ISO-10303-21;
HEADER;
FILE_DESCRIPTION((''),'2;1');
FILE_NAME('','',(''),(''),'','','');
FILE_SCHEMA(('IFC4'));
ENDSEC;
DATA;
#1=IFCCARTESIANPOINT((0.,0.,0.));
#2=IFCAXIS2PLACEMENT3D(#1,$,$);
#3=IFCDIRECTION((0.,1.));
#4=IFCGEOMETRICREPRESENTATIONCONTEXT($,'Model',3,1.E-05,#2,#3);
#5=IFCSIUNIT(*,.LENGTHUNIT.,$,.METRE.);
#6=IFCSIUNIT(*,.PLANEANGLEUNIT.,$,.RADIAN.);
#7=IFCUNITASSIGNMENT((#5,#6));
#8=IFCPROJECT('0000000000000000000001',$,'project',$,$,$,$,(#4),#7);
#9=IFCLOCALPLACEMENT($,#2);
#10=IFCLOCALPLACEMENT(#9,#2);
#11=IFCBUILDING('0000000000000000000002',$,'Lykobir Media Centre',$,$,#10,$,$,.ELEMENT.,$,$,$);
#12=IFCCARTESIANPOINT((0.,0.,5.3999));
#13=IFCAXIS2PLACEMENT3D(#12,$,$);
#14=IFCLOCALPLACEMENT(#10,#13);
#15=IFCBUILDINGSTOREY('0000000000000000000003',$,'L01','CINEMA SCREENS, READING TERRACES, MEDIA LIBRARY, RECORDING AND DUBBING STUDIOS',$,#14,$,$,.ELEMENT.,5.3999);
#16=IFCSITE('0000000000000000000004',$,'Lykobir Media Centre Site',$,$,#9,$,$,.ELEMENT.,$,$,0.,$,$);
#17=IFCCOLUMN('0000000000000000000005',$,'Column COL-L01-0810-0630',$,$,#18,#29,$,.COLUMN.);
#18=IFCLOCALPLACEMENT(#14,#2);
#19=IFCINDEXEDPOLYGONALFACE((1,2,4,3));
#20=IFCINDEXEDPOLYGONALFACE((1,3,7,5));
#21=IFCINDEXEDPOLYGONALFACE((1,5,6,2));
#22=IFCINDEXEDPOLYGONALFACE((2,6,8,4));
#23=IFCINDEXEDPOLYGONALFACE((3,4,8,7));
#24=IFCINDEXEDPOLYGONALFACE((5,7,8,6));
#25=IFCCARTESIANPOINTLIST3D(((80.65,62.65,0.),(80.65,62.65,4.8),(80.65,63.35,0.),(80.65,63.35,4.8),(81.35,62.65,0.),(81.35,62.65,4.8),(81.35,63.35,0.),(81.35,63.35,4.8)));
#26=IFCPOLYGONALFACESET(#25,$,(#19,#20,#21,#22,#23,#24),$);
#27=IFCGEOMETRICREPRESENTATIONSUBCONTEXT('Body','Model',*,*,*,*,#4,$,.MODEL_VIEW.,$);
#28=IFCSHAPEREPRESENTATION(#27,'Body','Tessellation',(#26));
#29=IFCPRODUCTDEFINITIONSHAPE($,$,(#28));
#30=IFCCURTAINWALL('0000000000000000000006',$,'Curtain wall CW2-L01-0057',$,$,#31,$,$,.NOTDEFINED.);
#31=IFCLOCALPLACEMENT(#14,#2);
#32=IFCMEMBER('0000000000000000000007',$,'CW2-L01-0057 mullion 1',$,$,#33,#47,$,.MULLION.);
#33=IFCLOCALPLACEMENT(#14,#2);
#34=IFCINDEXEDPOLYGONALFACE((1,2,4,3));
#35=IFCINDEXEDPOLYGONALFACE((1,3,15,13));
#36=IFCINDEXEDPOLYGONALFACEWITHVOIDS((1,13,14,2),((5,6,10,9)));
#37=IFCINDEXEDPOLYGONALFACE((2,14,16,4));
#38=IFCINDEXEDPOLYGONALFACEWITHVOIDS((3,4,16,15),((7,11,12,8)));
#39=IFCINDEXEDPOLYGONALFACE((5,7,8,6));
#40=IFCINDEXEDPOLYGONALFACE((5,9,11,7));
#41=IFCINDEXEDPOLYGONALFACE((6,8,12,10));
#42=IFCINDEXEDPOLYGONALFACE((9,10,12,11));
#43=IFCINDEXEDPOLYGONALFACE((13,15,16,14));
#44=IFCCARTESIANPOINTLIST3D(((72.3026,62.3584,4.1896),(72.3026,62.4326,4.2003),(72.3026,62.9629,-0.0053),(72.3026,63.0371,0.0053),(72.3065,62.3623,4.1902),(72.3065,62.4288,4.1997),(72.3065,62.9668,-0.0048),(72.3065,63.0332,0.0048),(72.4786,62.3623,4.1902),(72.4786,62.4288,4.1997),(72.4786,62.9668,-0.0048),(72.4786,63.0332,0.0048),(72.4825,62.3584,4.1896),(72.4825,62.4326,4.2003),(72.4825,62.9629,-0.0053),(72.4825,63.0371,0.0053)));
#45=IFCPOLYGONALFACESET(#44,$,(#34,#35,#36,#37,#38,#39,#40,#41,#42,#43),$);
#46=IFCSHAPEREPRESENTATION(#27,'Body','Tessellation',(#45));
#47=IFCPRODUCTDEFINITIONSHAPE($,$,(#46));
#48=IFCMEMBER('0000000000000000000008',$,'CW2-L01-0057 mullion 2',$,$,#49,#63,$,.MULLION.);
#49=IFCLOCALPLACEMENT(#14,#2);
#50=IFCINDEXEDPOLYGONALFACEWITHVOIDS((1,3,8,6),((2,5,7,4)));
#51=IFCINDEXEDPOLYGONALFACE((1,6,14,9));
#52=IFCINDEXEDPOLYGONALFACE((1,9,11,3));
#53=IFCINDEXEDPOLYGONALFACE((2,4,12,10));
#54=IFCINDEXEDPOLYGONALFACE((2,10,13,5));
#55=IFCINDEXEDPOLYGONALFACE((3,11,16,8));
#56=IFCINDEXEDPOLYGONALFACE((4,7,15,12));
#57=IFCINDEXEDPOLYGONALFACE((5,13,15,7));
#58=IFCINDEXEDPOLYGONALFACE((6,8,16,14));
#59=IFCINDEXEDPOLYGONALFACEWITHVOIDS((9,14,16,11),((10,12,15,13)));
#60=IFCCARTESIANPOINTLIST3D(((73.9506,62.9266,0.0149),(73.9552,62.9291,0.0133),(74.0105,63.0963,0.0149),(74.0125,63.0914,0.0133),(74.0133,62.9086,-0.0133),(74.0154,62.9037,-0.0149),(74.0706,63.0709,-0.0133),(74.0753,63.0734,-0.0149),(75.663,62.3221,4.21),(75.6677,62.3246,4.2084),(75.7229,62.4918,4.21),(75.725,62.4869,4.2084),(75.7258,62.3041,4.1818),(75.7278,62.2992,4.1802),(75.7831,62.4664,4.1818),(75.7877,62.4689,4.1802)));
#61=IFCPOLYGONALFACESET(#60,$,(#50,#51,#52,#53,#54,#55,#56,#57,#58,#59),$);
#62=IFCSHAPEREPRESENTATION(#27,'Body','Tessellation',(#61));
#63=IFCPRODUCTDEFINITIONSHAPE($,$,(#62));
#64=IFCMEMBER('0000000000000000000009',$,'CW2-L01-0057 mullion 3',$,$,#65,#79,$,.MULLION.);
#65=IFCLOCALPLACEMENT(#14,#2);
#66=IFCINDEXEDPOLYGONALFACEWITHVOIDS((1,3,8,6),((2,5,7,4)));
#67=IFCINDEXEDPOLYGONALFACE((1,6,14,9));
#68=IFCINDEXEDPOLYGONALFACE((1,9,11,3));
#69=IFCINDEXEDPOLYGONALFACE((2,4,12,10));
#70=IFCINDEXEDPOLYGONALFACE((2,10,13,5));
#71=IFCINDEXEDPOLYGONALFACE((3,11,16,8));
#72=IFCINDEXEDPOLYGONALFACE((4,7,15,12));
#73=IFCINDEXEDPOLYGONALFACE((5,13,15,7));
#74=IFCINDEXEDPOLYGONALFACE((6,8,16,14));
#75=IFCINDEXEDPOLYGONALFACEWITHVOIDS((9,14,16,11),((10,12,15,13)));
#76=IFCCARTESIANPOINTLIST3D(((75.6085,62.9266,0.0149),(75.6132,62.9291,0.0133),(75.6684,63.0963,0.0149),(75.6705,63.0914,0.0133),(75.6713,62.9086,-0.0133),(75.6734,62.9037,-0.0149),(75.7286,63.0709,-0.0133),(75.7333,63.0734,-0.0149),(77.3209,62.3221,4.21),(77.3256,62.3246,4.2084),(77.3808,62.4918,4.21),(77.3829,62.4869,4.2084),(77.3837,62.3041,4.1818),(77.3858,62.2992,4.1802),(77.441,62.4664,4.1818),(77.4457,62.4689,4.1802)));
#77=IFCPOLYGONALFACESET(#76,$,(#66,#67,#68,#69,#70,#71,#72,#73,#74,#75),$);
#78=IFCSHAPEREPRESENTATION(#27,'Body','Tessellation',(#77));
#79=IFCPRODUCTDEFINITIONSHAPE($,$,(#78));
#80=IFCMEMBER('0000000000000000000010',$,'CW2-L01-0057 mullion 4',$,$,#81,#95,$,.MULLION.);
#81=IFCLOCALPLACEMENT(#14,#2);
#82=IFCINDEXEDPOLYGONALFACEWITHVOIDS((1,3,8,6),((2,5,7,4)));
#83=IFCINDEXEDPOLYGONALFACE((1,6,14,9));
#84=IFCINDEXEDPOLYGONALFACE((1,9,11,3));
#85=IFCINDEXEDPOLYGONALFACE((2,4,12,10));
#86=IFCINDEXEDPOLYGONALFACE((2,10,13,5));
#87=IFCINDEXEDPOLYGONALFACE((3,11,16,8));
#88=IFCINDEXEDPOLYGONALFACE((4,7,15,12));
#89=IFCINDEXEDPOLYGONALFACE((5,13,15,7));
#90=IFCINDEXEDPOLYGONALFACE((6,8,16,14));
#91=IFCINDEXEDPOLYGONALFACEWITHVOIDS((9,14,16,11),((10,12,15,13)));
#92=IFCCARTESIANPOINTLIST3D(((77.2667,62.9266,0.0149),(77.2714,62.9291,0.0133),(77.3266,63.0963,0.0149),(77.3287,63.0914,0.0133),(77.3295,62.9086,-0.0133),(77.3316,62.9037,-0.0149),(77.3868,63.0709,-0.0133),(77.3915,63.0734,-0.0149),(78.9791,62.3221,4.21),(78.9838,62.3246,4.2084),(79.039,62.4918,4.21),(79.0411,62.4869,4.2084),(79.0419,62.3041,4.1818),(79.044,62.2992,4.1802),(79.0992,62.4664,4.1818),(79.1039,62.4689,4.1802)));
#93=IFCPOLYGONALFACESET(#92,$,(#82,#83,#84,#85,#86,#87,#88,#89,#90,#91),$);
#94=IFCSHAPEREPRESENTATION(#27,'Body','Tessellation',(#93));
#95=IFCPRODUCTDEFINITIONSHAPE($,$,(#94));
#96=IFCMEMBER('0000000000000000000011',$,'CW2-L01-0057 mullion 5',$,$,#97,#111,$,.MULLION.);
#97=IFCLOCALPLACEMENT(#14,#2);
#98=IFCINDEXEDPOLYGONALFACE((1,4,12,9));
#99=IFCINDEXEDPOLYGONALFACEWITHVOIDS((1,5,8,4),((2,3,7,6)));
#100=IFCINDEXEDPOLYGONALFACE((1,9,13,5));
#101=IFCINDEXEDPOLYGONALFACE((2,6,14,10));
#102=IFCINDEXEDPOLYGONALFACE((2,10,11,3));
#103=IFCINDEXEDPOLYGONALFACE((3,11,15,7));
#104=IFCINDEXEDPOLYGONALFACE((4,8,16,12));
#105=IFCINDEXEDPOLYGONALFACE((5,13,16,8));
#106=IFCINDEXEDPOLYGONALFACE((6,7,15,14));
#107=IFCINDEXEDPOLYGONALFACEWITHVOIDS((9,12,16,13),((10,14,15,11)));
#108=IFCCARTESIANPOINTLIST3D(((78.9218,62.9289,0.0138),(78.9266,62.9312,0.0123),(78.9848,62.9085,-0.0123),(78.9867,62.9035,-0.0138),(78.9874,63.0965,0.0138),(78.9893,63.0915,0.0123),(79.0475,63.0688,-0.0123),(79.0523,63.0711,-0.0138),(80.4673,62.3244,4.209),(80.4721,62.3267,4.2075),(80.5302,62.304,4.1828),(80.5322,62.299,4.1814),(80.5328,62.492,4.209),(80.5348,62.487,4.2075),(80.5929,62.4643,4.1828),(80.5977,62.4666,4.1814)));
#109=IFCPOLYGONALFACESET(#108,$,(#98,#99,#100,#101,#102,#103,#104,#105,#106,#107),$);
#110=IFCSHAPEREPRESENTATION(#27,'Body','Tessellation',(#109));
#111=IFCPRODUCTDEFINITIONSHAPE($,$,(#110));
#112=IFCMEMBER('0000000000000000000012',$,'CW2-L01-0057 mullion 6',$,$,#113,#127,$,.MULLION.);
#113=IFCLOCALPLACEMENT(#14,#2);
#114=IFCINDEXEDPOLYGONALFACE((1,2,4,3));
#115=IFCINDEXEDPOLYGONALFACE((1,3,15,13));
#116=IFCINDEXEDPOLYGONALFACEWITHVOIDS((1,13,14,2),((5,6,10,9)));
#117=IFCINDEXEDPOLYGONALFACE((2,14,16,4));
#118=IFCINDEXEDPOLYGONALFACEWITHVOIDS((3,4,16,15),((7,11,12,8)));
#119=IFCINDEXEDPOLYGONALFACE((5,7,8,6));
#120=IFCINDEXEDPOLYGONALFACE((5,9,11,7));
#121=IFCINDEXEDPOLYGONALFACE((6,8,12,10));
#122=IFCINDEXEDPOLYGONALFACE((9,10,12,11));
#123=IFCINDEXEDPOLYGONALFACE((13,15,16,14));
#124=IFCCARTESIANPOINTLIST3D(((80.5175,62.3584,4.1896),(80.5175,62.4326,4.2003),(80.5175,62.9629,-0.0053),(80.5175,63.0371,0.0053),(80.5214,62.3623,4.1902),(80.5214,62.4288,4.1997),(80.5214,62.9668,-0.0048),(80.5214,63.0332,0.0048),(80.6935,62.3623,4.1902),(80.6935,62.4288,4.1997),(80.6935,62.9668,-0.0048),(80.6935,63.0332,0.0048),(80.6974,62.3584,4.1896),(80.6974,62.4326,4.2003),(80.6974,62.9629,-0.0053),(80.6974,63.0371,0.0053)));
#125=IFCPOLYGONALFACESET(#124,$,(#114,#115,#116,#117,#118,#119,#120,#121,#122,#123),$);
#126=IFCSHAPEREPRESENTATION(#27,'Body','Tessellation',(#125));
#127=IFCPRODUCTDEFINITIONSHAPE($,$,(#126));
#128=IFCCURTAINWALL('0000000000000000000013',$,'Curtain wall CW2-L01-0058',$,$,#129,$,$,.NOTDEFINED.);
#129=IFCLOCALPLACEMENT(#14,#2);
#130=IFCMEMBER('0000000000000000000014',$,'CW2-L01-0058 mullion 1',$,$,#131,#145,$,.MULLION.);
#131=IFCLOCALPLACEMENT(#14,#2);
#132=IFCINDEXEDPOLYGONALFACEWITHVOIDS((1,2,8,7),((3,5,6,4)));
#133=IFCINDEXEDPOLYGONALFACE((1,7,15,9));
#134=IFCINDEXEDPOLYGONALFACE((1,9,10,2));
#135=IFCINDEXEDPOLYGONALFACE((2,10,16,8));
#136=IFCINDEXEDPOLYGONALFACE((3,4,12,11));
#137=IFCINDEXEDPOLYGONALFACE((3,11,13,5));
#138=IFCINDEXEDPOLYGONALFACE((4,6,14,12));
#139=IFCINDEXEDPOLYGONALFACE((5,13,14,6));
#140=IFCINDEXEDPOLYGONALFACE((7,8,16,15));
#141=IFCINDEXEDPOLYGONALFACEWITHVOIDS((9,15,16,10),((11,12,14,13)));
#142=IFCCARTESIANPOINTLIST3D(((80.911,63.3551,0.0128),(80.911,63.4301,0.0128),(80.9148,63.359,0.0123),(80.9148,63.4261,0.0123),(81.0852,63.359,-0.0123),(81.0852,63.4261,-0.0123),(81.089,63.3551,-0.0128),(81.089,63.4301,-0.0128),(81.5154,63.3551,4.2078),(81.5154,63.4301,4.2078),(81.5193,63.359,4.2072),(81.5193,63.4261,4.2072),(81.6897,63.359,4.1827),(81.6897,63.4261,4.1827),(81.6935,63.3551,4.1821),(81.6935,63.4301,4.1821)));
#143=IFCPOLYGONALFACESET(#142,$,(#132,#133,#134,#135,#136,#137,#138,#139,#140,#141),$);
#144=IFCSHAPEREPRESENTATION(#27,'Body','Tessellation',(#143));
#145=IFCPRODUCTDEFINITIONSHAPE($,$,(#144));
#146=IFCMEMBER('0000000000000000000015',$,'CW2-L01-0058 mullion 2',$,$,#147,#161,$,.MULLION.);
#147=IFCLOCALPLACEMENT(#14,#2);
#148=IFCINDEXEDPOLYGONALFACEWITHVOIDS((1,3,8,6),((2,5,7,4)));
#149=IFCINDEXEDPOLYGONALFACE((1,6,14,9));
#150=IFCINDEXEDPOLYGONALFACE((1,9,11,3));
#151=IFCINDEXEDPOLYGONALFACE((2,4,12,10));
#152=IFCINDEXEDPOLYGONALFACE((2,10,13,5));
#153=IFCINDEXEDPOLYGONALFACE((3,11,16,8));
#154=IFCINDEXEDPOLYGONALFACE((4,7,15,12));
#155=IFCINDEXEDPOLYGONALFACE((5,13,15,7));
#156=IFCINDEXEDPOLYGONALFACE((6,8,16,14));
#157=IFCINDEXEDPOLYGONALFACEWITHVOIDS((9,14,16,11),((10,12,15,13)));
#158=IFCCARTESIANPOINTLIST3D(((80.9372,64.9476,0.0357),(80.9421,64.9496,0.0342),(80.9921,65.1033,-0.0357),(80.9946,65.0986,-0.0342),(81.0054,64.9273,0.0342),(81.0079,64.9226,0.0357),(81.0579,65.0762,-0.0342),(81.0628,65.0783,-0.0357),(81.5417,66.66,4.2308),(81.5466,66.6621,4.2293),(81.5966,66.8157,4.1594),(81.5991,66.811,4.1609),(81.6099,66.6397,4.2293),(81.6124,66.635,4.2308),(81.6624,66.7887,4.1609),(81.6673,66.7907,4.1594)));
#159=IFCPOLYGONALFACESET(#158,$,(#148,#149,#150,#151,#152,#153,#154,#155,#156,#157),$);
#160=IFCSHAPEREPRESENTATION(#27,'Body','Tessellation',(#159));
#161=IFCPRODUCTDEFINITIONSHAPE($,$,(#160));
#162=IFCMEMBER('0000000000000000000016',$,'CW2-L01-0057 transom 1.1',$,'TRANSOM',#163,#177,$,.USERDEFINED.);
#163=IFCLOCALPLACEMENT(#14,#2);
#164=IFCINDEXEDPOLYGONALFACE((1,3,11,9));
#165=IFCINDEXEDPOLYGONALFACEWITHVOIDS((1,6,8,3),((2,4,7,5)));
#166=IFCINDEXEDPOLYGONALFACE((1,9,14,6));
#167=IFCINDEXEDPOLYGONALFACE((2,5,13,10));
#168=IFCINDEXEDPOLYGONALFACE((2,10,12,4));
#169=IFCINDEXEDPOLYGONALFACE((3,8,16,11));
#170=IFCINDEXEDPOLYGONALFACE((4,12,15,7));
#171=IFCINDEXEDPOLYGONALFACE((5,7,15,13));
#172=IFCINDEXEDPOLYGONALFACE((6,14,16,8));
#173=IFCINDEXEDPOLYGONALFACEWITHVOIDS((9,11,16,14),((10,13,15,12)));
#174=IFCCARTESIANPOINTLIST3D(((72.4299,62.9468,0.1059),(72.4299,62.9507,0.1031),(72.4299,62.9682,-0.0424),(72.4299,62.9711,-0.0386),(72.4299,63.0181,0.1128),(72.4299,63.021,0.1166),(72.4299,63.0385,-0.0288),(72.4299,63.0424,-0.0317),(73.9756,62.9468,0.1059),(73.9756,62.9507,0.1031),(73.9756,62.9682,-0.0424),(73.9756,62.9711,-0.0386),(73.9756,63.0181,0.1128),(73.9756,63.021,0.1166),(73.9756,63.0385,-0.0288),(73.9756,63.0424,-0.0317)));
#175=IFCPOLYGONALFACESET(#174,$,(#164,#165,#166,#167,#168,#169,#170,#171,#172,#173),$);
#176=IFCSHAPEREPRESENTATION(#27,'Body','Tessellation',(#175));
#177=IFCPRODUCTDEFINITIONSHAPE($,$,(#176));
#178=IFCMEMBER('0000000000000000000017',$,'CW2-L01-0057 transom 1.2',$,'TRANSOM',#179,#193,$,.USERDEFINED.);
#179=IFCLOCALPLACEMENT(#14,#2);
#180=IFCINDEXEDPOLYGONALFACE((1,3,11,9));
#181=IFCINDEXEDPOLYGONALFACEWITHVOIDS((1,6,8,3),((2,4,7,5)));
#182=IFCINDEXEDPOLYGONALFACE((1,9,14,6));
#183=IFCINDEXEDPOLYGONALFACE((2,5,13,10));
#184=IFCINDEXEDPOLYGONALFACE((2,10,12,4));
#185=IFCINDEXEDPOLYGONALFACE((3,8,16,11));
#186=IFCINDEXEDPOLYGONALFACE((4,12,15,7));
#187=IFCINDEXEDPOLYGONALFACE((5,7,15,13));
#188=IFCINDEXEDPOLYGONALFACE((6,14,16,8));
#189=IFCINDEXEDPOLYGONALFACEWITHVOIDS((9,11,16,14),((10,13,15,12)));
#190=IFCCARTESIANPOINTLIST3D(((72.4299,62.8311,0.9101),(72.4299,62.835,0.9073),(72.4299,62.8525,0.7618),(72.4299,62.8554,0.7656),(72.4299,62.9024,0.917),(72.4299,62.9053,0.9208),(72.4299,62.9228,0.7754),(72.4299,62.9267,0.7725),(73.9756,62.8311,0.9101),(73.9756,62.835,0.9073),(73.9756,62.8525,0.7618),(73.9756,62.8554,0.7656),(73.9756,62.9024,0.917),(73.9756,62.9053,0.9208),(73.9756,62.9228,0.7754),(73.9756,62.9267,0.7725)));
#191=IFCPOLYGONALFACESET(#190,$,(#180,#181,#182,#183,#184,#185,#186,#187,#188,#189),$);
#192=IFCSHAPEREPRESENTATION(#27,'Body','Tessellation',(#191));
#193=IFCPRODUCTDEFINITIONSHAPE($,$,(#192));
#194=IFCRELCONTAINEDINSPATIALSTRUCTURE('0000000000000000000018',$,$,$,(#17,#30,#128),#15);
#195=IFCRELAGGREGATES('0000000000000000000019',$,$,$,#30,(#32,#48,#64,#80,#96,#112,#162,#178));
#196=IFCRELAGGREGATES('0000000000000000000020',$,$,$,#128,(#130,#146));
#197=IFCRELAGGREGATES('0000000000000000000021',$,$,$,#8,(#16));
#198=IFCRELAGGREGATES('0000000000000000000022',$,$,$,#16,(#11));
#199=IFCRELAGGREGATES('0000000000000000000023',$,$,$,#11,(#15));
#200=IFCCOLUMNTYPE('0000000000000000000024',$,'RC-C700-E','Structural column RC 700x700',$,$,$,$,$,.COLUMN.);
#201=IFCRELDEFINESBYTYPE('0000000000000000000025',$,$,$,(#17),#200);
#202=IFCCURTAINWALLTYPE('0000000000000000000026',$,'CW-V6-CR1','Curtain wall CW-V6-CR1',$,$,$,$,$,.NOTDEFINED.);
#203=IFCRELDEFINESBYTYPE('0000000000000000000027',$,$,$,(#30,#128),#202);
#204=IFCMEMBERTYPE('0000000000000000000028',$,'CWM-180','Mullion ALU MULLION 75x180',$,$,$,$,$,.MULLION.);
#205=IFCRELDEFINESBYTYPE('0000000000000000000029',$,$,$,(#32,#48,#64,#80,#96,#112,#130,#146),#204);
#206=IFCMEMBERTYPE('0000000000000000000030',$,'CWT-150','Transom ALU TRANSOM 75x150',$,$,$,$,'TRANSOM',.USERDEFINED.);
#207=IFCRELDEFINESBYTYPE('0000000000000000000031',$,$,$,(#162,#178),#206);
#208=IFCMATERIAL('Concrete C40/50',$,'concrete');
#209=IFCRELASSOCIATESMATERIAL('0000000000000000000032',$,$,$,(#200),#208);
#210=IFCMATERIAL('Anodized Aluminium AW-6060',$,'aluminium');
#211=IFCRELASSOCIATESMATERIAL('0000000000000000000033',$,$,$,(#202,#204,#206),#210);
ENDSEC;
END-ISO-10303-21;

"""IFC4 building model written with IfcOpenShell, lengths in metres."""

from ifc_helpers import new_model, si_unit, direction, frame, origin, origin_2d, place, context, subcontext, project, spatial, rectangle, hollow_rectangle, extrude, material, material_profile, profile_set, type_object, element, aggregate, save


model = new_model("IFC4")

# Units and contexts
model_context = context("Model", 3, precision=1e-05, world=origin(), true_north=direction((0.0, 1.0)))
body_context = subcontext(model_context, "Body", "Model", "MODEL_VIEW")
ifc_project = project(units=[si_unit("LENGTHUNIT", "METRE"), si_unit("PLANEANGLEUNIT", "RADIAN")], contexts=[model_context])

# Site, building, storey
site_placement = place(None, origin())
site = spatial("IfcSite", under=ifc_project, at=site_placement, Name="Lykobir Media Centre Site", CompositionType="ELEMENT", RefElevation=0.0)
building_placement = place(site_placement, origin())
building = spatial("IfcBuilding", under=site, at=building_placement, Name="Lykobir Media Centre", CompositionType="ELEMENT")
storey_placement = place(building_placement, frame((0.0, 0.0, 5.3999)))
storey = spatial("IfcBuildingStorey", under=building, at=storey_placement, Name="L01", Description="CINEMA SCREENS, READING TERRACES, MEDIA LIBRARY, RECORDING AND DUBBING STUDIOS", CompositionType="ELEMENT", Elevation=5.3999)

# Column
ifc_material_1 = material(Name="Concrete C40/50", Category="concrete")
ifc_material_profile_1 = material_profile(ifc_material_1, rectangle(XDim=0.7, YDim=0.7, at=origin_2d()), Name="RC 700x700")
ifc_profile_set_1 = profile_set([ifc_material_profile_1], Name="Concrete C40/50")
column_type = type_object("IfcColumnType", Name="RC-C700-E", Description="Structural column RC 700x700", PredefinedType="COLUMN", material=ifc_profile_set_1)
column_placement = place(storey_placement, frame((81.0, 63.0, 0.0), z_axis=(0.0, 0.0, 1.0), x_axis=(1.0, 0.0, 0.0)))
element("IfcColumn", 1, at=column_placement, inside=storey, type_object=column_type, Name="Column COL-L01-0810-0630", PredefinedType="COLUMN", context=body_context, shape_type="SweptSolid", body=[
    extrude(rectangle(XDim=0.7, YDim=0.7, at=origin_2d()), origin(), (0.0, 0.0, 1.0), 4.8),
])

# Curtain walls, members
ifc_material_2 = material(Name="Anodized Aluminium AW-6060", Category="aluminium")
curtain_wall_type = type_object("IfcCurtainWallType", Name="CW-V6-CR1", Description="Curtain wall CW-V6-CR1", PredefinedType="NOTDEFINED", material=ifc_material_2)
curtain_wall_1_placement = place(storey_placement, origin())
curtain_wall_1 = element("IfcCurtainWall", 2, at=curtain_wall_1_placement, inside=storey, type_object=curtain_wall_type, Name="Curtain wall CW2-L01-0057", PredefinedType="NOTDEFINED")
ifc_material_profile_2 = material_profile(ifc_material_2, hollow_rectangle(XDim=0.075, YDim=0.1799, WallThickness=0.0039, at=origin_2d()), Name="ALU MULLION 75x180")
ifc_profile_set_2 = profile_set([ifc_material_profile_2], Name="Anodized Aluminium AW-6060")
member_type_1 = type_object("IfcMemberType", Name="CWM-180", Description="Mullion ALU MULLION 75x180", PredefinedType="MULLION", material=ifc_profile_set_2)
member_1_placement = place(storey_placement, frame((72.3926, 63.0, 0.0), z_axis=(0.0, -0.142623, 0.989777), x_axis=(0.0, 0.989777, 0.142623)))
member_1 = element("IfcMember", 3, at=member_1_placement, type_object=member_type_1, Name="CW2-L01-0057 mullion 1", PredefinedType="MULLION", context=body_context, shape_type="SweptSolid", body=[
    extrude(hollow_rectangle(XDim=0.075, YDim=0.1799, WallThickness=0.0039, at=origin_2d()), origin(), (0.0, 0.0, 1.0), 4.2383),
])
member_2_placement = place(storey_placement, frame((74.0129, 63.0, 0.0), z_axis=(0.374603, -0.132238, 0.917707), x_axis=(-0.865371, 0.305483, 0.397258)))
member_2 = element("IfcMember", 4, at=member_2_placement, type_object=member_type_1, Name="CW2-L01-0057 mullion 2", PredefinedType="MULLION", context=body_context, shape_type="SweptSolid", body=[
    extrude(hollow_rectangle(XDim=0.075, YDim=0.1799, WallThickness=0.0039, at=origin_2d()), origin(), (0.0, 0.0, 1.0), 4.5713),
])
member_3_placement = place(storey_placement, frame((75.6709, 63.0, 0.0), z_axis=(0.374603, -0.132238, 0.917707), x_axis=(-0.865371, 0.305483, 0.397258)))
member_3 = element("IfcMember", 5, at=member_3_placement, type_object=member_type_1, Name="CW2-L01-0057 mullion 3", PredefinedType="MULLION", context=body_context, shape_type="SweptSolid", body=[
    extrude(hollow_rectangle(XDim=0.075, YDim=0.1799, WallThickness=0.0039, at=origin_2d()), origin(), (0.0, 0.0, 1.0), 4.5713),
])
member_4_placement = place(storey_placement, frame((77.3291, 63.0, 0.0), z_axis=(0.374603, -0.132238, 0.917707), x_axis=(-0.865371, 0.305483, 0.397258)))
member_4 = element("IfcMember", 6, at=member_4_placement, type_object=member_type_1, Name="CW2-L01-0057 mullion 4", PredefinedType="MULLION", context=body_context, shape_type="SweptSolid", body=[
    extrude(hollow_rectangle(XDim=0.075, YDim=0.1799, WallThickness=0.0039, at=origin_2d()), origin(), (0.0, 0.0, 1.0), 4.5713),
])
member_5_placement = place(storey_placement, frame((78.9871, 63.0, 0.0), z_axis=(0.34256, -0.133994, 0.929891), x_axis=(-0.865999, 0.338738, 0.367834)))
member_5 = element("IfcMember", 7, at=member_5_placement, type_object=member_type_1, Name="CW2-L01-0057 mullion 5", PredefinedType="MULLION", context=body_context, shape_type="SweptSolid", body=[
    extrude(hollow_rectangle(XDim=0.075, YDim=0.1799, WallThickness=0.0039, at=origin_2d()), origin(), (0.0, 0.0, 1.0), 4.5115),
])
member_6_placement = place(storey_placement, frame((80.6074, 63.0, 0.0), z_axis=(0.0, -0.142623, 0.989777), x_axis=(0.0, 0.989777, 0.142623)))
member_6 = element("IfcMember", 8, at=member_6_placement, type_object=member_type_1, Name="CW2-L01-0057 mullion 6", PredefinedType="MULLION", context=body_context, shape_type="SweptSolid", body=[
    extrude(hollow_rectangle(XDim=0.075, YDim=0.1799, WallThickness=0.0039, at=origin_2d()), origin(), (0.0, 0.0, 1.0), 4.2383),
])
curtain_wall_2_placement = place(storey_placement, origin())
curtain_wall_2 = element("IfcCurtainWall", 9, at=curtain_wall_2_placement, inside=storey, type_object=curtain_wall_type, Name="Curtain wall CW2-L01-0058", PredefinedType="NOTDEFINED")
member_7_placement = place(storey_placement, frame((81.0, 63.3926, 0.0), z_axis=(0.142623, 0.0, 0.989777), x_axis=(0.0, -1.0, 0.0)))
member_7 = element("IfcMember", 10, at=member_7_placement, type_object=member_type_1, Name="CW2-L01-0058 mullion 1", PredefinedType="MULLION", context=body_context, shape_type="SweptSolid", body=[
    extrude(hollow_rectangle(XDim=0.075, YDim=0.1799, WallThickness=0.0039, at=origin_2d()), origin(), (0.0, 0.0, 1.0), 4.2383),
])
member_8_placement = place(storey_placement, frame((81.0, 65.0129, 0.0), z_axis=(0.132238, 0.374603, 0.917707), x_axis=(0.94297, -0.332876, 0.0)))
member_8 = element("IfcMember", 11, at=member_8_placement, type_object=member_type_1, Name="CW2-L01-0058 mullion 2", PredefinedType="MULLION", context=body_context, shape_type="SweptSolid", body=[
    extrude(hollow_rectangle(XDim=0.075, YDim=0.1799, WallThickness=0.0039, at=origin_2d()), origin(), (0.0, 0.0, 1.0), 4.5713),
])

# Members
ifc_material_profile_3 = material_profile(ifc_material_2, hollow_rectangle(XDim=0.075, YDim=0.1499, WallThickness=0.0034, at=origin_2d()), Name="ALU TRANSOM 75x150")
ifc_profile_set_3 = profile_set([ifc_material_profile_3], Name="Anodized Aluminium AW-6060")
member_type_2 = type_object("IfcMemberType", Name="CWT-150", Description="Transom ALU TRANSOM 75x150", ElementType="TRANSOM", PredefinedType="USERDEFINED", material=ifc_profile_set_3)
member_9_placement = place(storey_placement, frame((72.4299, 62.9946, 0.0371), z_axis=(1.0, 0.0, 0.0), x_axis=(0.0, 0.989776, 0.142629)))
member_9 = element("IfcMember", 12, at=member_9_placement, type_object=member_type_2, Name="CW2-L01-0057 transom 1.1", ObjectType="TRANSOM", PredefinedType="USERDEFINED", context=body_context, shape_type="SweptSolid", body=[
    extrude(hollow_rectangle(XDim=0.075, YDim=0.1499, WallThickness=0.0034, at=origin_2d()), origin(), (0.0, 0.0, 1.0), 1.5457),
])
member_10_placement = place(storey_placement, frame((72.4299, 62.8789, 0.8413), z_axis=(1.0, 0.0, 0.0), x_axis=(0.0, 0.989776, 0.142629)))
member_10 = element("IfcMember", 13, at=member_10_placement, type_object=member_type_2, Name="CW2-L01-0057 transom 1.2", ObjectType="TRANSOM", PredefinedType="USERDEFINED", context=body_context, shape_type="SweptSolid", body=[
    extrude(hollow_rectangle(XDim=0.075, YDim=0.1499, WallThickness=0.0034, at=origin_2d()), origin(), (0.0, 0.0, 1.0), 1.5457),
])

aggregate(curtain_wall_1, [member_1, member_2, member_3, member_4, member_5, member_6, member_9, member_10])
aggregate(curtain_wall_2, [member_7, member_8])

save(model, "model.ifc")
